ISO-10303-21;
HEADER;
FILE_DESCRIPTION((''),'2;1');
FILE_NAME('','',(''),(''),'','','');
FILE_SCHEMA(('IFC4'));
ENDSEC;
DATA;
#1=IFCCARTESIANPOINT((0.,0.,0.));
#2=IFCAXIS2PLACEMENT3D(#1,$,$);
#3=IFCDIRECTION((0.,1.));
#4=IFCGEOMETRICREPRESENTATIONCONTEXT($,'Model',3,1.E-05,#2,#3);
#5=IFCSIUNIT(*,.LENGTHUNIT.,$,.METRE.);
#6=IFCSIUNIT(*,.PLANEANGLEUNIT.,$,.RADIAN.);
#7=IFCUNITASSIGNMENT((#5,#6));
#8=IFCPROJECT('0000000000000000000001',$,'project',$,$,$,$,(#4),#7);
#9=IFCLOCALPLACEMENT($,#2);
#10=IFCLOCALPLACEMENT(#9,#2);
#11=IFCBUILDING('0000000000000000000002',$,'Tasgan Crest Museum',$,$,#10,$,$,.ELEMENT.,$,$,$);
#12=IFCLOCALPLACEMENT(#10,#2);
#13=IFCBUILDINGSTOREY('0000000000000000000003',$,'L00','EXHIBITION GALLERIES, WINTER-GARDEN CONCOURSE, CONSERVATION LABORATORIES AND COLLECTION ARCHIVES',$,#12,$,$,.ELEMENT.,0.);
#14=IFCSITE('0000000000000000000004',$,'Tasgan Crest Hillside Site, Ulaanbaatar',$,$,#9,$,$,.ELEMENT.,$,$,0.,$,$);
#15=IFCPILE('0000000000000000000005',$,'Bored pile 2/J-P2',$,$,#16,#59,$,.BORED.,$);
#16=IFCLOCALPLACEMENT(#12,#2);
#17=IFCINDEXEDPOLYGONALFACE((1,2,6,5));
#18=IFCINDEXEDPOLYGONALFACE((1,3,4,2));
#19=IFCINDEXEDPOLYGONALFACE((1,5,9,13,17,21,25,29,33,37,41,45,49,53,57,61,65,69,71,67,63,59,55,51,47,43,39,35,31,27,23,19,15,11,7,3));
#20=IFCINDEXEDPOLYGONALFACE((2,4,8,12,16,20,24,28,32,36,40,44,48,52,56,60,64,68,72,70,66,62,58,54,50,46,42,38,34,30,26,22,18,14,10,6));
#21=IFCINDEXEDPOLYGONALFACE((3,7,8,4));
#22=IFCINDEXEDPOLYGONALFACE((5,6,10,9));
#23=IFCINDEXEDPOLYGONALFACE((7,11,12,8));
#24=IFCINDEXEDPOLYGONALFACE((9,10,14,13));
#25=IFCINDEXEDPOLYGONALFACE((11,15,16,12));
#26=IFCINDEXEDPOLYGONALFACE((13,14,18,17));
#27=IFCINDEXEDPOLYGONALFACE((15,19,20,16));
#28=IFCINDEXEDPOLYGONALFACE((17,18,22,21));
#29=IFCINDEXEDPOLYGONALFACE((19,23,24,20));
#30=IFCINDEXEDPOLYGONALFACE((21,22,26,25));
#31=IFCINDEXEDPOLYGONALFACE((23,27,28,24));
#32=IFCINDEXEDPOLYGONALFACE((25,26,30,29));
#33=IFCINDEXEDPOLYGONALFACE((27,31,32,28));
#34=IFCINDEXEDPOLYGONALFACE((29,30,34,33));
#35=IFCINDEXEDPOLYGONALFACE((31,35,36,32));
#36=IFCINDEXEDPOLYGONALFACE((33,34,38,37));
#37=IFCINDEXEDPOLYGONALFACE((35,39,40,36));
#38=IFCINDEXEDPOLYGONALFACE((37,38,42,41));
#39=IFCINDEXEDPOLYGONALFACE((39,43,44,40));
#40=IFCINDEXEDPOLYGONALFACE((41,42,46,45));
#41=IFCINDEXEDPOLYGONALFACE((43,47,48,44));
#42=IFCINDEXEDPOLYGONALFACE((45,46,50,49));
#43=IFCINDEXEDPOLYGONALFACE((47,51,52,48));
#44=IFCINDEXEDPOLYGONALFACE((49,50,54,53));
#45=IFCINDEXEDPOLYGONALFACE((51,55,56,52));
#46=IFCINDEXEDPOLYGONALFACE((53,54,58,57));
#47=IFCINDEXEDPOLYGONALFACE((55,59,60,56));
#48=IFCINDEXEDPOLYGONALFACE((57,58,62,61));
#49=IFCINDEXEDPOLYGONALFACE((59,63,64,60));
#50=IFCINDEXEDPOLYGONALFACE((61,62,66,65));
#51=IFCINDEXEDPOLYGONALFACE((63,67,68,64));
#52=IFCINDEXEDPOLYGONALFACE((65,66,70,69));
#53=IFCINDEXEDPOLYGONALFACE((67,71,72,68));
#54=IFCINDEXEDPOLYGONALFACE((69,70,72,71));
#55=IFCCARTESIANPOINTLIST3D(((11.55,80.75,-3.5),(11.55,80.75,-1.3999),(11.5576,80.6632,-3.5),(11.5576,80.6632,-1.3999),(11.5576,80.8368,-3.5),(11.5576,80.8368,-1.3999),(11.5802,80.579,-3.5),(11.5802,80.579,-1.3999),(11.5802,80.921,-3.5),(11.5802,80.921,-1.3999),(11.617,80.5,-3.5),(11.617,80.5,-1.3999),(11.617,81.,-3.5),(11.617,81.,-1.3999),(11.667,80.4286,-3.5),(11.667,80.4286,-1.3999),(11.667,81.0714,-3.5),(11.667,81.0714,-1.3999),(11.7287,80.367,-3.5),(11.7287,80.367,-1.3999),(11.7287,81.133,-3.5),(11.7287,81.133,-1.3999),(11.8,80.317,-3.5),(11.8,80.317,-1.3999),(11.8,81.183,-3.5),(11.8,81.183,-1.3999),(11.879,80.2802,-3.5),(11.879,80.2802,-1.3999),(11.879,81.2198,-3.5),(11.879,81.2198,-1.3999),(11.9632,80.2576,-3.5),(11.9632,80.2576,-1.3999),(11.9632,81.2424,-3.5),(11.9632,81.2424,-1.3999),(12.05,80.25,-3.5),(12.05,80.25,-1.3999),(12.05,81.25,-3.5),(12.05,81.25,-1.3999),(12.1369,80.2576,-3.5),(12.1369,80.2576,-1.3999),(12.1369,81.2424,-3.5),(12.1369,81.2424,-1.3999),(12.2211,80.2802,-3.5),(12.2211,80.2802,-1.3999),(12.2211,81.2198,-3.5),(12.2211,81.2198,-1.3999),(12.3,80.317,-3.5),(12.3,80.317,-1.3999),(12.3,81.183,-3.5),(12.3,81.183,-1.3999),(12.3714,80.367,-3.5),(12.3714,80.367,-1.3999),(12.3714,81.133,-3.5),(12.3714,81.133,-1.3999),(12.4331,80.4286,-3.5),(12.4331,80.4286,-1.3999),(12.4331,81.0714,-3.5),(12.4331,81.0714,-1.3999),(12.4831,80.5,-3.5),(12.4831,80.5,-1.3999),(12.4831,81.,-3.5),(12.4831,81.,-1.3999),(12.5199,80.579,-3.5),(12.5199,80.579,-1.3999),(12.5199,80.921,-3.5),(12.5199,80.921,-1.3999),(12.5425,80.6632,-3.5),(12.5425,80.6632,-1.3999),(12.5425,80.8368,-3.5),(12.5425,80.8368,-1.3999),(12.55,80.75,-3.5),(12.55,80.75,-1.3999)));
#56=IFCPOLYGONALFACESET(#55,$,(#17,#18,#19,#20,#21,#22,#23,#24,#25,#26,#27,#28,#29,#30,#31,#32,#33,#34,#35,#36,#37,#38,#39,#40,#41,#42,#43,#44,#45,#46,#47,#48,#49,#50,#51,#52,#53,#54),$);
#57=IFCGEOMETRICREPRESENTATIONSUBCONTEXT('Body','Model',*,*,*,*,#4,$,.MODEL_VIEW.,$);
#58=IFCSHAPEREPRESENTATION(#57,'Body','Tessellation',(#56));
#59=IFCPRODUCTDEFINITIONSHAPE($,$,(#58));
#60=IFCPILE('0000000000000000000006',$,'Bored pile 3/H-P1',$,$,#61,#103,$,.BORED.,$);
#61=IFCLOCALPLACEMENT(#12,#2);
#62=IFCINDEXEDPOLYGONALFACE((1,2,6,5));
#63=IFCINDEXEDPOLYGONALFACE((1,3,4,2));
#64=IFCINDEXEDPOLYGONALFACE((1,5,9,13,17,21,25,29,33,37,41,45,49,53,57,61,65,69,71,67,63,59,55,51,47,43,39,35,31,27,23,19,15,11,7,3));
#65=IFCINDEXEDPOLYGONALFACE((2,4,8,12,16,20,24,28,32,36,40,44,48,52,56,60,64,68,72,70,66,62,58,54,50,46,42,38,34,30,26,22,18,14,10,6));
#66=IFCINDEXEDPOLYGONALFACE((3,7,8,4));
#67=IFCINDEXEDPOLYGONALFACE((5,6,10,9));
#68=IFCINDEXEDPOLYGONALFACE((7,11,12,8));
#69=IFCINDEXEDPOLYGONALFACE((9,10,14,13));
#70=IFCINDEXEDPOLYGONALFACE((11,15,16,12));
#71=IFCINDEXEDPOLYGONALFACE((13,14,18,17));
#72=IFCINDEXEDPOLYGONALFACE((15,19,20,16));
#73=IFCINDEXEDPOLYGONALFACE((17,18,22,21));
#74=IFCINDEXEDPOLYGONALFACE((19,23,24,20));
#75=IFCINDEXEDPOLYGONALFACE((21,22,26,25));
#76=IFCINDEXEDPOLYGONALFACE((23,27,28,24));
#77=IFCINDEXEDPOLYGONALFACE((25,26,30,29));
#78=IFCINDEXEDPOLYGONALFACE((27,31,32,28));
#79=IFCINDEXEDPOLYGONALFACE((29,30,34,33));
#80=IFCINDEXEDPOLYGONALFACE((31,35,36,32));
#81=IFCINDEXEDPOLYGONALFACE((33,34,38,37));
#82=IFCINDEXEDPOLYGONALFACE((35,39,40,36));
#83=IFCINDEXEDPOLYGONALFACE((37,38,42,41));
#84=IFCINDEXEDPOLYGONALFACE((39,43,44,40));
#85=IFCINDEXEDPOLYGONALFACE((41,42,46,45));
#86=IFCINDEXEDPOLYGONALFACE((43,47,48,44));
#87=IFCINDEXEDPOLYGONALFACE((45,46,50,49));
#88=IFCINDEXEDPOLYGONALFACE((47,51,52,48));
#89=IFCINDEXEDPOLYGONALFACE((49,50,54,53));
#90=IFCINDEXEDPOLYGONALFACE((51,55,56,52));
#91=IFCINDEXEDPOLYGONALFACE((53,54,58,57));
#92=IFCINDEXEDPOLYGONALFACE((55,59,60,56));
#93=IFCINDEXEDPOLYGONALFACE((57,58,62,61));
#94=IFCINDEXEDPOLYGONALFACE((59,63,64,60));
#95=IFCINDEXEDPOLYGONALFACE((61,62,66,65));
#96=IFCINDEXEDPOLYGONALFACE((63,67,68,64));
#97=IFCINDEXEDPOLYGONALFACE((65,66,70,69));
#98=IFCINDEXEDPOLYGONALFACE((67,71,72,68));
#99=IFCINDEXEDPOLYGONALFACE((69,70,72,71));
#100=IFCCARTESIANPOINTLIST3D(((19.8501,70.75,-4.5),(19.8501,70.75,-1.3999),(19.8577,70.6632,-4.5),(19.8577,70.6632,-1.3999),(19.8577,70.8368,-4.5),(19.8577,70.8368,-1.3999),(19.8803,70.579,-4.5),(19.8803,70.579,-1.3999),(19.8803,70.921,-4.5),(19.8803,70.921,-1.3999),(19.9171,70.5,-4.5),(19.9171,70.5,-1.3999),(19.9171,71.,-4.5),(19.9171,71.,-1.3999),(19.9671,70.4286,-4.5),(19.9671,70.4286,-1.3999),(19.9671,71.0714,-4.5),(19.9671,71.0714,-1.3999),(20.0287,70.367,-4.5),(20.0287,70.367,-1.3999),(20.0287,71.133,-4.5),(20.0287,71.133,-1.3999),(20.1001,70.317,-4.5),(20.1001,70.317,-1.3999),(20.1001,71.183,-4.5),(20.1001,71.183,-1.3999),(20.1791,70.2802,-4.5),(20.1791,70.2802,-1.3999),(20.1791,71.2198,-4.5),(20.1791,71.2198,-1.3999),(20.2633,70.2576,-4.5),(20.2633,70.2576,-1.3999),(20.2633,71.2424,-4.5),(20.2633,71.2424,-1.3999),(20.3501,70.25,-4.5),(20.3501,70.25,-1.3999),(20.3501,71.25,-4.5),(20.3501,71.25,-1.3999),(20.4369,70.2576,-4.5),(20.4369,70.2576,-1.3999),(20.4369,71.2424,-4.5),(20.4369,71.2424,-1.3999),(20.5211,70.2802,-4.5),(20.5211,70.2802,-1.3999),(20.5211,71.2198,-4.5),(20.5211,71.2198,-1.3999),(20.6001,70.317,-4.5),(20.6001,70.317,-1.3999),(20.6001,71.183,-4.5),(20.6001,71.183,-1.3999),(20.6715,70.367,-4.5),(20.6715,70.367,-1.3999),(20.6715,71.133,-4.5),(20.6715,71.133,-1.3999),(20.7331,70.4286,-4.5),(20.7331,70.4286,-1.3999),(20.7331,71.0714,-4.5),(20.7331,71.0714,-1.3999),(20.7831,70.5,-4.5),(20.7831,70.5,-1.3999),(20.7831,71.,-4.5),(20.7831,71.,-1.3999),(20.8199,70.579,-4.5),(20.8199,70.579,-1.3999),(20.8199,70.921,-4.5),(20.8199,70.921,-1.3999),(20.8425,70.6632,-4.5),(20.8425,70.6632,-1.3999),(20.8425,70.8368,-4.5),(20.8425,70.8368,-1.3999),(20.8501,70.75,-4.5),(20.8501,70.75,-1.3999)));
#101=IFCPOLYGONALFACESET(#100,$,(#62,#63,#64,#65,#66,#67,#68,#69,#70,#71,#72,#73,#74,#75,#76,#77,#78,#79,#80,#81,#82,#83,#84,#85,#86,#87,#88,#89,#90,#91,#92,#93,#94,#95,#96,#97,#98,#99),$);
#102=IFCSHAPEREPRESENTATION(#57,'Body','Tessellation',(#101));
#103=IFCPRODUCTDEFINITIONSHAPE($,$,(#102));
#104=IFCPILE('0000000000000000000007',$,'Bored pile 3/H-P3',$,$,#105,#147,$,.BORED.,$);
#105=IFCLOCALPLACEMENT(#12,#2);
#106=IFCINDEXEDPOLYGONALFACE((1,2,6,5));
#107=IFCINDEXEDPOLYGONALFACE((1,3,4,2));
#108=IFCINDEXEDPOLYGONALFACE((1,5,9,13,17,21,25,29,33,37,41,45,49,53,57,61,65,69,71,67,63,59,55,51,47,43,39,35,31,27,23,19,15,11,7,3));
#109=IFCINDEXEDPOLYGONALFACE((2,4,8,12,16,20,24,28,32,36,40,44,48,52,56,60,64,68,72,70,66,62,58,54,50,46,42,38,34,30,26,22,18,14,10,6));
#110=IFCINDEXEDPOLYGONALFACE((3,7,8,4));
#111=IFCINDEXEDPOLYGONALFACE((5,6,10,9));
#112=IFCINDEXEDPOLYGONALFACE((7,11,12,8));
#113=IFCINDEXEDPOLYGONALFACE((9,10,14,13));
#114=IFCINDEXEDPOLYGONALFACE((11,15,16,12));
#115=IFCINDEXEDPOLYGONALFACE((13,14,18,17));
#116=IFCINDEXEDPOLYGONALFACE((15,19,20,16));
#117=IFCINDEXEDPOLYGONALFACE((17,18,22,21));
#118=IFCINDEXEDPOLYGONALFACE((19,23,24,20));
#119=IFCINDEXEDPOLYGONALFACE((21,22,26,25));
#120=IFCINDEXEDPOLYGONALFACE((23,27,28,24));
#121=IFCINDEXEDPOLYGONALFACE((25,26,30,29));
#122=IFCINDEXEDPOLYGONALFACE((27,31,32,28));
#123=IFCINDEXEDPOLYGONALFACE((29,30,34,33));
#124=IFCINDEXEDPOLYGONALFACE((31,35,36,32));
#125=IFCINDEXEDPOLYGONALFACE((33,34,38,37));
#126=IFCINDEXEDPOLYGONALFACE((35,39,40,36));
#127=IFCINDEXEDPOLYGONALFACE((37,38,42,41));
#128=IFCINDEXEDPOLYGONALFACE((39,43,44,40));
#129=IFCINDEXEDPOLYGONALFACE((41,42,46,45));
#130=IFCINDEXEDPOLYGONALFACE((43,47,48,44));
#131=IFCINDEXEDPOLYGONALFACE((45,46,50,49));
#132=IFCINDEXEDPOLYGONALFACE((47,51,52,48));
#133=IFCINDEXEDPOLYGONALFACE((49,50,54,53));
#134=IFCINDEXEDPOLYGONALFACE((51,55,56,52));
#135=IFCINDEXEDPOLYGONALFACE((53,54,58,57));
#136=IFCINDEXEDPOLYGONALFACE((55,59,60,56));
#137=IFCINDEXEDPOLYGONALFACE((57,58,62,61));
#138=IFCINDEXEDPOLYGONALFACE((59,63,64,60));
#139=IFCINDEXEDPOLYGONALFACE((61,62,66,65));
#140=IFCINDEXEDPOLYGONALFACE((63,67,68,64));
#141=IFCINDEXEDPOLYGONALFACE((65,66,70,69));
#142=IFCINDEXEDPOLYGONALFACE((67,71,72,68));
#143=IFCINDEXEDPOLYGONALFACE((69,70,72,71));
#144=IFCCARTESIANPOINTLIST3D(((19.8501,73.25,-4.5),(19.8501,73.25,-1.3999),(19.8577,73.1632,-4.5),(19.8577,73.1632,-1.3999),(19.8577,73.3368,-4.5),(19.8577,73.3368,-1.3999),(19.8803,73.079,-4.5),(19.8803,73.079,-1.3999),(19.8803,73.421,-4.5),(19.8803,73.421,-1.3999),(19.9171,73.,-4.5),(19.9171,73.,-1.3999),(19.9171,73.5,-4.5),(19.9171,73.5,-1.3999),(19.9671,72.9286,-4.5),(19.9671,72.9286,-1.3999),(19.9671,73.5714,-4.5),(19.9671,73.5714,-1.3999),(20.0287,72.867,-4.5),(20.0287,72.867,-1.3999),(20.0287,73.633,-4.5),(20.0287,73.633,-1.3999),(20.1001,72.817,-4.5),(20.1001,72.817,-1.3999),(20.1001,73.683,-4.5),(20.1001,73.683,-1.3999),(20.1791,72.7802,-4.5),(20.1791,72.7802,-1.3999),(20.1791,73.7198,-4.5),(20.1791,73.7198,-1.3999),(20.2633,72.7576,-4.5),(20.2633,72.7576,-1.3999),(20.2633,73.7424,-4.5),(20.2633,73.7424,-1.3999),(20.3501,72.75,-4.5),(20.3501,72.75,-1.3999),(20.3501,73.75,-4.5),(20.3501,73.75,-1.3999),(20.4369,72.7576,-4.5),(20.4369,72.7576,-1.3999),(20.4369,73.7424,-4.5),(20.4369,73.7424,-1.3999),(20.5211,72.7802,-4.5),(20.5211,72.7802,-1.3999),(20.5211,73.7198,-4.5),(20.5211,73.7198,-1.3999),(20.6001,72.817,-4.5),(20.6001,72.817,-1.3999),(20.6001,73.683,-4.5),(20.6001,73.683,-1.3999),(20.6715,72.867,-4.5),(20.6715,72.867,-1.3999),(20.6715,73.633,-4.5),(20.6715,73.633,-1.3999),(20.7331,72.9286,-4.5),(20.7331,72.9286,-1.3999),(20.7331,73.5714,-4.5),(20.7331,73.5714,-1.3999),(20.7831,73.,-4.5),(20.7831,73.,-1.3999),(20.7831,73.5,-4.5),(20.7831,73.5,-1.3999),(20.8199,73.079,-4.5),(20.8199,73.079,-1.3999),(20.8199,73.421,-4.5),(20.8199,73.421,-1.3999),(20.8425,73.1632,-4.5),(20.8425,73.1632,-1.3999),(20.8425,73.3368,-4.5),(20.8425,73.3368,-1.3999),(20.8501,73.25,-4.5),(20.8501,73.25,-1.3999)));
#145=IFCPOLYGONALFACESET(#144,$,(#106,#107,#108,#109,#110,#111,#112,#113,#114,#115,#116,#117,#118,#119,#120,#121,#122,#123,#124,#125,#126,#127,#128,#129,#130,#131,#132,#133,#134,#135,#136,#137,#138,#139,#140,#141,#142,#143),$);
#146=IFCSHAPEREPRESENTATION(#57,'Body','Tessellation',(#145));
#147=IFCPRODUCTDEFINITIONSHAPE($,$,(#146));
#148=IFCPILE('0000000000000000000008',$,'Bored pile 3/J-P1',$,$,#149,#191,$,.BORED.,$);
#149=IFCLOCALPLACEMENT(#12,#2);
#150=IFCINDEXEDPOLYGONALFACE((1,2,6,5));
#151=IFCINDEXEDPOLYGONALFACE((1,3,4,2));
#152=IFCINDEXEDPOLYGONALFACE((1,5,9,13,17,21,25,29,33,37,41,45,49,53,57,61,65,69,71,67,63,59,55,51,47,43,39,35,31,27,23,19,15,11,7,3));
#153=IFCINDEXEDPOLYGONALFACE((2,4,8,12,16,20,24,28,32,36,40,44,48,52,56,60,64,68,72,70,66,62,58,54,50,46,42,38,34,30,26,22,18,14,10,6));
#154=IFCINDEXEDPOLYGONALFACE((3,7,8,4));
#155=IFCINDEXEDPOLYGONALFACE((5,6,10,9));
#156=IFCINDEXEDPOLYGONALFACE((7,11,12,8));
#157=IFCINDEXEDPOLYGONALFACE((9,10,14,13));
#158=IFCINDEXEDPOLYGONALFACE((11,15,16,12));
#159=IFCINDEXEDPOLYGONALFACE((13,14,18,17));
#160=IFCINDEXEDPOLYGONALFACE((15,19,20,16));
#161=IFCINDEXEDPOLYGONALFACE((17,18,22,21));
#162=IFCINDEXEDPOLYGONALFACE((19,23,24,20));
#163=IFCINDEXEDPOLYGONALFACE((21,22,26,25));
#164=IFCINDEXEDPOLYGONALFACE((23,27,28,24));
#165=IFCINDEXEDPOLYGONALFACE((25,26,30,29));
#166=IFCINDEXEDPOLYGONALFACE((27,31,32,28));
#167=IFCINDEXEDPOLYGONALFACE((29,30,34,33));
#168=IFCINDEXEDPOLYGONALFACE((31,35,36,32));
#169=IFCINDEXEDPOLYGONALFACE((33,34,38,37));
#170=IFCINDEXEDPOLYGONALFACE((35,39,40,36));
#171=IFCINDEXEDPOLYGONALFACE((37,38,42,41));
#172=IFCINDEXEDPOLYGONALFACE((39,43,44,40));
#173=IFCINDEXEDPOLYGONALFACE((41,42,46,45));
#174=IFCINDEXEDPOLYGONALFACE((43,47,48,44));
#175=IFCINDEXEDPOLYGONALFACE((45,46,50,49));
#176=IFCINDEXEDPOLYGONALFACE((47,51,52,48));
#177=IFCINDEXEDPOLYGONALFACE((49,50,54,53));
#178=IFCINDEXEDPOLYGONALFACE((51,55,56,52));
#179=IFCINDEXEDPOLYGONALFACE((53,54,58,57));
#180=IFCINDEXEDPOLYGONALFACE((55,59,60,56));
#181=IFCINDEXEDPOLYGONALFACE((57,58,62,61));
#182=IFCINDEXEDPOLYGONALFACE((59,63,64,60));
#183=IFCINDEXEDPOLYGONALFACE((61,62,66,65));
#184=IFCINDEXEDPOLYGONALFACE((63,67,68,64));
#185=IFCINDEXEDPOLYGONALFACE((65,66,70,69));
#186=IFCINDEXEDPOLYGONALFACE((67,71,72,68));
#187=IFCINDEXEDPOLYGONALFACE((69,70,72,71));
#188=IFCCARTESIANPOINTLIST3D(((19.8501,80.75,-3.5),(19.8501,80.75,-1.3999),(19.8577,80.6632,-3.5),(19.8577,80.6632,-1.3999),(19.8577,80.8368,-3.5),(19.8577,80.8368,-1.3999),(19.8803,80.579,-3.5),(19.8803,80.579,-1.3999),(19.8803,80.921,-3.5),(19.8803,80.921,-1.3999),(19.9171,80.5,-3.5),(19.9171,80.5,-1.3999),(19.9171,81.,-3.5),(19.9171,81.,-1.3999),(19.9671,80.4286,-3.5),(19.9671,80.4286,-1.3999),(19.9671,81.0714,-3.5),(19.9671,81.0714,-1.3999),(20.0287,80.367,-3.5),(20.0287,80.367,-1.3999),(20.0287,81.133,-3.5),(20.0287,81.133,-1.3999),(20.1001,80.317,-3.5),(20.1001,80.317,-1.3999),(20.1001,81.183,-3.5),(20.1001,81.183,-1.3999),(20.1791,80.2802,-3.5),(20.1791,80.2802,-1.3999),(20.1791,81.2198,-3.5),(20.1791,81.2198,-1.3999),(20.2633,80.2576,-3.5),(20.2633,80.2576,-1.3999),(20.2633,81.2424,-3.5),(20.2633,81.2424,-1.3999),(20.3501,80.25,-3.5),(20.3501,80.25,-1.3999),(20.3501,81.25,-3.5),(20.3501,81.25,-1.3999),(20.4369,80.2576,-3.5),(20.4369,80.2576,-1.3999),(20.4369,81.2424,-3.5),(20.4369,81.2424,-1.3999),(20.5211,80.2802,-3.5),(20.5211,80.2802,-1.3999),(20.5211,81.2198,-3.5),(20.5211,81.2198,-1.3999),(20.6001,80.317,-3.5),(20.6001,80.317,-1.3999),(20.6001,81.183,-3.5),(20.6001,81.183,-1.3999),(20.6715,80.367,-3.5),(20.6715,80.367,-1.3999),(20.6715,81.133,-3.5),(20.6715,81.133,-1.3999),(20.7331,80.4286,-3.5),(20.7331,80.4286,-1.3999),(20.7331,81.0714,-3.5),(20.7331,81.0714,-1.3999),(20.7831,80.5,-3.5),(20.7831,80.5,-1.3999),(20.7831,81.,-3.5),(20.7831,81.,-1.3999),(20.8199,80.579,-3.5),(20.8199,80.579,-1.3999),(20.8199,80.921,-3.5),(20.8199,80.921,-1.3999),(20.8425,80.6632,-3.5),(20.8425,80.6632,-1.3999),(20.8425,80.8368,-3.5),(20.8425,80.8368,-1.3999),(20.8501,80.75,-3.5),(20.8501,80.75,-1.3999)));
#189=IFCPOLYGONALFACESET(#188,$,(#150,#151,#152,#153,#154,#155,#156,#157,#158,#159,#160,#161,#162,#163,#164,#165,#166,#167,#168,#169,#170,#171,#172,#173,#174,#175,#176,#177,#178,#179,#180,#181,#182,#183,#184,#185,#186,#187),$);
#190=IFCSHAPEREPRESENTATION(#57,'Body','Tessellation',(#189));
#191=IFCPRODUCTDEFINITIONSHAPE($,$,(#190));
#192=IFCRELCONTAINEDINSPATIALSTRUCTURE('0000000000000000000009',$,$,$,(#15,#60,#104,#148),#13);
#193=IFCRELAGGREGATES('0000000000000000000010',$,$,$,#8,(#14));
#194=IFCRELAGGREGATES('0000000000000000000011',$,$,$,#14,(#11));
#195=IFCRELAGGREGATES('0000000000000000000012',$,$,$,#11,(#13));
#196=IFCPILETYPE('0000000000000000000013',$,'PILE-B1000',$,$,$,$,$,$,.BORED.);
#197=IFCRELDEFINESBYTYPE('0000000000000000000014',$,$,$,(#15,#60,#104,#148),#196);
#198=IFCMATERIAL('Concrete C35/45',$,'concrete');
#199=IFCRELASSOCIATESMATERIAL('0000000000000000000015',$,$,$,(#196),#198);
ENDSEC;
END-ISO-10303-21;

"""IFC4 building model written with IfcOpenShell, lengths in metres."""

from ifc_helpers import new_model, si_unit, direction, frame, origin, origin_2d, place, context, subcontext, project, spatial, circle, extrude, material, material_profile, profile_set, type_object, element, save


model = new_model("IFC4")

# Units and contexts
model_context = context("Model", 3, precision=1e-05, world=origin(), true_north=direction((0.0, 1.0)))
body_context = subcontext(model_context, "Body", "Model", "MODEL_VIEW")
ifc_project = project(units=[si_unit("LENGTHUNIT", "METRE"), si_unit("PLANEANGLEUNIT", "RADIAN")], contexts=[model_context])

# Site, building, storey
site_placement = place(None, origin())
site = spatial("IfcSite", under=ifc_project, at=site_placement, Name="Tasgan Crest Hillside Site, Ulaanbaatar", CompositionType="ELEMENT", RefElevation=0.0)
building_placement = place(site_placement, origin())
building = spatial("IfcBuilding", under=site, at=building_placement, Name="Tasgan Crest Museum", CompositionType="ELEMENT")
storey_placement = place(building_placement, origin())
storey = spatial("IfcBuildingStorey", under=building, at=storey_placement, Name="L00", Description="EXHIBITION GALLERIES, WINTER-GARDEN CONCOURSE, CONSERVATION LABORATORIES AND COLLECTION ARCHIVES", CompositionType="ELEMENT", Elevation=0.0)

# Piles
ifc_material_1 = material(Name="Concrete C35/45", Category="concrete")
ifc_material_profile_1 = material_profile(ifc_material_1, circle(Radius=0.5, at=origin_2d()), Name="PILE D1000")
ifc_profile_set_1 = profile_set([ifc_material_profile_1], Name="Concrete C35/45")
pile_type = type_object("IfcPileType", Name="PILE-B1000", PredefinedType="BORED", material=ifc_profile_set_1)
pile_1_placement = place(storey_placement, frame((12.05, 80.75, -1.3999), z_axis=(0.0, 0.0, -1.0), x_axis=(1.0, 0.0, 0.0)))
element("IfcPile", 1, at=pile_1_placement, inside=storey, type_object=pile_type, Name="Bored pile 2/J-P2", PredefinedType="BORED", context=body_context, shape_type="SweptSolid", body=[
    extrude(circle(Radius=0.5, at=origin_2d()), origin(), (0.0, 0.0, 1.0), 2.1001),
])
for number, where, z_axis, x_axis, name in (
    (2, (20.3501, 70.75, -1.3999), (0.0, 0.0, -1.0), (1.0, 0.0, 0.0), "Bored pile 3/H-P1"),
    (3, (20.3501, 73.25, -1.3999), (0.0, 0.0, -1.0), (1.0, 0.0, 0.0), "Bored pile 3/H-P3"),
):
    element("IfcPile", number, at=place(storey_placement, frame(where, z_axis=z_axis, x_axis=x_axis)), inside=storey, type_object=pile_type, Name=name, PredefinedType="BORED", context=body_context, shape_type="SweptSolid", body=[
        extrude(circle(Radius=0.5, at=origin_2d()), origin(), (0.0, 0.0, 1.0), 3.1001),
    ])
pile_2_placement = place(storey_placement, frame((20.3501, 80.75, -1.3999), z_axis=(0.0, 0.0, -1.0), x_axis=(1.0, 0.0, 0.0)))
element("IfcPile", 4, at=pile_2_placement, inside=storey, type_object=pile_type, Name="Bored pile 3/J-P1", PredefinedType="BORED", context=body_context, shape_type="SweptSolid", body=[
    extrude(circle(Radius=0.5, at=origin_2d()), origin(), (0.0, 0.0, 1.0), 2.1001),
])

save(model, "model.ifc")
